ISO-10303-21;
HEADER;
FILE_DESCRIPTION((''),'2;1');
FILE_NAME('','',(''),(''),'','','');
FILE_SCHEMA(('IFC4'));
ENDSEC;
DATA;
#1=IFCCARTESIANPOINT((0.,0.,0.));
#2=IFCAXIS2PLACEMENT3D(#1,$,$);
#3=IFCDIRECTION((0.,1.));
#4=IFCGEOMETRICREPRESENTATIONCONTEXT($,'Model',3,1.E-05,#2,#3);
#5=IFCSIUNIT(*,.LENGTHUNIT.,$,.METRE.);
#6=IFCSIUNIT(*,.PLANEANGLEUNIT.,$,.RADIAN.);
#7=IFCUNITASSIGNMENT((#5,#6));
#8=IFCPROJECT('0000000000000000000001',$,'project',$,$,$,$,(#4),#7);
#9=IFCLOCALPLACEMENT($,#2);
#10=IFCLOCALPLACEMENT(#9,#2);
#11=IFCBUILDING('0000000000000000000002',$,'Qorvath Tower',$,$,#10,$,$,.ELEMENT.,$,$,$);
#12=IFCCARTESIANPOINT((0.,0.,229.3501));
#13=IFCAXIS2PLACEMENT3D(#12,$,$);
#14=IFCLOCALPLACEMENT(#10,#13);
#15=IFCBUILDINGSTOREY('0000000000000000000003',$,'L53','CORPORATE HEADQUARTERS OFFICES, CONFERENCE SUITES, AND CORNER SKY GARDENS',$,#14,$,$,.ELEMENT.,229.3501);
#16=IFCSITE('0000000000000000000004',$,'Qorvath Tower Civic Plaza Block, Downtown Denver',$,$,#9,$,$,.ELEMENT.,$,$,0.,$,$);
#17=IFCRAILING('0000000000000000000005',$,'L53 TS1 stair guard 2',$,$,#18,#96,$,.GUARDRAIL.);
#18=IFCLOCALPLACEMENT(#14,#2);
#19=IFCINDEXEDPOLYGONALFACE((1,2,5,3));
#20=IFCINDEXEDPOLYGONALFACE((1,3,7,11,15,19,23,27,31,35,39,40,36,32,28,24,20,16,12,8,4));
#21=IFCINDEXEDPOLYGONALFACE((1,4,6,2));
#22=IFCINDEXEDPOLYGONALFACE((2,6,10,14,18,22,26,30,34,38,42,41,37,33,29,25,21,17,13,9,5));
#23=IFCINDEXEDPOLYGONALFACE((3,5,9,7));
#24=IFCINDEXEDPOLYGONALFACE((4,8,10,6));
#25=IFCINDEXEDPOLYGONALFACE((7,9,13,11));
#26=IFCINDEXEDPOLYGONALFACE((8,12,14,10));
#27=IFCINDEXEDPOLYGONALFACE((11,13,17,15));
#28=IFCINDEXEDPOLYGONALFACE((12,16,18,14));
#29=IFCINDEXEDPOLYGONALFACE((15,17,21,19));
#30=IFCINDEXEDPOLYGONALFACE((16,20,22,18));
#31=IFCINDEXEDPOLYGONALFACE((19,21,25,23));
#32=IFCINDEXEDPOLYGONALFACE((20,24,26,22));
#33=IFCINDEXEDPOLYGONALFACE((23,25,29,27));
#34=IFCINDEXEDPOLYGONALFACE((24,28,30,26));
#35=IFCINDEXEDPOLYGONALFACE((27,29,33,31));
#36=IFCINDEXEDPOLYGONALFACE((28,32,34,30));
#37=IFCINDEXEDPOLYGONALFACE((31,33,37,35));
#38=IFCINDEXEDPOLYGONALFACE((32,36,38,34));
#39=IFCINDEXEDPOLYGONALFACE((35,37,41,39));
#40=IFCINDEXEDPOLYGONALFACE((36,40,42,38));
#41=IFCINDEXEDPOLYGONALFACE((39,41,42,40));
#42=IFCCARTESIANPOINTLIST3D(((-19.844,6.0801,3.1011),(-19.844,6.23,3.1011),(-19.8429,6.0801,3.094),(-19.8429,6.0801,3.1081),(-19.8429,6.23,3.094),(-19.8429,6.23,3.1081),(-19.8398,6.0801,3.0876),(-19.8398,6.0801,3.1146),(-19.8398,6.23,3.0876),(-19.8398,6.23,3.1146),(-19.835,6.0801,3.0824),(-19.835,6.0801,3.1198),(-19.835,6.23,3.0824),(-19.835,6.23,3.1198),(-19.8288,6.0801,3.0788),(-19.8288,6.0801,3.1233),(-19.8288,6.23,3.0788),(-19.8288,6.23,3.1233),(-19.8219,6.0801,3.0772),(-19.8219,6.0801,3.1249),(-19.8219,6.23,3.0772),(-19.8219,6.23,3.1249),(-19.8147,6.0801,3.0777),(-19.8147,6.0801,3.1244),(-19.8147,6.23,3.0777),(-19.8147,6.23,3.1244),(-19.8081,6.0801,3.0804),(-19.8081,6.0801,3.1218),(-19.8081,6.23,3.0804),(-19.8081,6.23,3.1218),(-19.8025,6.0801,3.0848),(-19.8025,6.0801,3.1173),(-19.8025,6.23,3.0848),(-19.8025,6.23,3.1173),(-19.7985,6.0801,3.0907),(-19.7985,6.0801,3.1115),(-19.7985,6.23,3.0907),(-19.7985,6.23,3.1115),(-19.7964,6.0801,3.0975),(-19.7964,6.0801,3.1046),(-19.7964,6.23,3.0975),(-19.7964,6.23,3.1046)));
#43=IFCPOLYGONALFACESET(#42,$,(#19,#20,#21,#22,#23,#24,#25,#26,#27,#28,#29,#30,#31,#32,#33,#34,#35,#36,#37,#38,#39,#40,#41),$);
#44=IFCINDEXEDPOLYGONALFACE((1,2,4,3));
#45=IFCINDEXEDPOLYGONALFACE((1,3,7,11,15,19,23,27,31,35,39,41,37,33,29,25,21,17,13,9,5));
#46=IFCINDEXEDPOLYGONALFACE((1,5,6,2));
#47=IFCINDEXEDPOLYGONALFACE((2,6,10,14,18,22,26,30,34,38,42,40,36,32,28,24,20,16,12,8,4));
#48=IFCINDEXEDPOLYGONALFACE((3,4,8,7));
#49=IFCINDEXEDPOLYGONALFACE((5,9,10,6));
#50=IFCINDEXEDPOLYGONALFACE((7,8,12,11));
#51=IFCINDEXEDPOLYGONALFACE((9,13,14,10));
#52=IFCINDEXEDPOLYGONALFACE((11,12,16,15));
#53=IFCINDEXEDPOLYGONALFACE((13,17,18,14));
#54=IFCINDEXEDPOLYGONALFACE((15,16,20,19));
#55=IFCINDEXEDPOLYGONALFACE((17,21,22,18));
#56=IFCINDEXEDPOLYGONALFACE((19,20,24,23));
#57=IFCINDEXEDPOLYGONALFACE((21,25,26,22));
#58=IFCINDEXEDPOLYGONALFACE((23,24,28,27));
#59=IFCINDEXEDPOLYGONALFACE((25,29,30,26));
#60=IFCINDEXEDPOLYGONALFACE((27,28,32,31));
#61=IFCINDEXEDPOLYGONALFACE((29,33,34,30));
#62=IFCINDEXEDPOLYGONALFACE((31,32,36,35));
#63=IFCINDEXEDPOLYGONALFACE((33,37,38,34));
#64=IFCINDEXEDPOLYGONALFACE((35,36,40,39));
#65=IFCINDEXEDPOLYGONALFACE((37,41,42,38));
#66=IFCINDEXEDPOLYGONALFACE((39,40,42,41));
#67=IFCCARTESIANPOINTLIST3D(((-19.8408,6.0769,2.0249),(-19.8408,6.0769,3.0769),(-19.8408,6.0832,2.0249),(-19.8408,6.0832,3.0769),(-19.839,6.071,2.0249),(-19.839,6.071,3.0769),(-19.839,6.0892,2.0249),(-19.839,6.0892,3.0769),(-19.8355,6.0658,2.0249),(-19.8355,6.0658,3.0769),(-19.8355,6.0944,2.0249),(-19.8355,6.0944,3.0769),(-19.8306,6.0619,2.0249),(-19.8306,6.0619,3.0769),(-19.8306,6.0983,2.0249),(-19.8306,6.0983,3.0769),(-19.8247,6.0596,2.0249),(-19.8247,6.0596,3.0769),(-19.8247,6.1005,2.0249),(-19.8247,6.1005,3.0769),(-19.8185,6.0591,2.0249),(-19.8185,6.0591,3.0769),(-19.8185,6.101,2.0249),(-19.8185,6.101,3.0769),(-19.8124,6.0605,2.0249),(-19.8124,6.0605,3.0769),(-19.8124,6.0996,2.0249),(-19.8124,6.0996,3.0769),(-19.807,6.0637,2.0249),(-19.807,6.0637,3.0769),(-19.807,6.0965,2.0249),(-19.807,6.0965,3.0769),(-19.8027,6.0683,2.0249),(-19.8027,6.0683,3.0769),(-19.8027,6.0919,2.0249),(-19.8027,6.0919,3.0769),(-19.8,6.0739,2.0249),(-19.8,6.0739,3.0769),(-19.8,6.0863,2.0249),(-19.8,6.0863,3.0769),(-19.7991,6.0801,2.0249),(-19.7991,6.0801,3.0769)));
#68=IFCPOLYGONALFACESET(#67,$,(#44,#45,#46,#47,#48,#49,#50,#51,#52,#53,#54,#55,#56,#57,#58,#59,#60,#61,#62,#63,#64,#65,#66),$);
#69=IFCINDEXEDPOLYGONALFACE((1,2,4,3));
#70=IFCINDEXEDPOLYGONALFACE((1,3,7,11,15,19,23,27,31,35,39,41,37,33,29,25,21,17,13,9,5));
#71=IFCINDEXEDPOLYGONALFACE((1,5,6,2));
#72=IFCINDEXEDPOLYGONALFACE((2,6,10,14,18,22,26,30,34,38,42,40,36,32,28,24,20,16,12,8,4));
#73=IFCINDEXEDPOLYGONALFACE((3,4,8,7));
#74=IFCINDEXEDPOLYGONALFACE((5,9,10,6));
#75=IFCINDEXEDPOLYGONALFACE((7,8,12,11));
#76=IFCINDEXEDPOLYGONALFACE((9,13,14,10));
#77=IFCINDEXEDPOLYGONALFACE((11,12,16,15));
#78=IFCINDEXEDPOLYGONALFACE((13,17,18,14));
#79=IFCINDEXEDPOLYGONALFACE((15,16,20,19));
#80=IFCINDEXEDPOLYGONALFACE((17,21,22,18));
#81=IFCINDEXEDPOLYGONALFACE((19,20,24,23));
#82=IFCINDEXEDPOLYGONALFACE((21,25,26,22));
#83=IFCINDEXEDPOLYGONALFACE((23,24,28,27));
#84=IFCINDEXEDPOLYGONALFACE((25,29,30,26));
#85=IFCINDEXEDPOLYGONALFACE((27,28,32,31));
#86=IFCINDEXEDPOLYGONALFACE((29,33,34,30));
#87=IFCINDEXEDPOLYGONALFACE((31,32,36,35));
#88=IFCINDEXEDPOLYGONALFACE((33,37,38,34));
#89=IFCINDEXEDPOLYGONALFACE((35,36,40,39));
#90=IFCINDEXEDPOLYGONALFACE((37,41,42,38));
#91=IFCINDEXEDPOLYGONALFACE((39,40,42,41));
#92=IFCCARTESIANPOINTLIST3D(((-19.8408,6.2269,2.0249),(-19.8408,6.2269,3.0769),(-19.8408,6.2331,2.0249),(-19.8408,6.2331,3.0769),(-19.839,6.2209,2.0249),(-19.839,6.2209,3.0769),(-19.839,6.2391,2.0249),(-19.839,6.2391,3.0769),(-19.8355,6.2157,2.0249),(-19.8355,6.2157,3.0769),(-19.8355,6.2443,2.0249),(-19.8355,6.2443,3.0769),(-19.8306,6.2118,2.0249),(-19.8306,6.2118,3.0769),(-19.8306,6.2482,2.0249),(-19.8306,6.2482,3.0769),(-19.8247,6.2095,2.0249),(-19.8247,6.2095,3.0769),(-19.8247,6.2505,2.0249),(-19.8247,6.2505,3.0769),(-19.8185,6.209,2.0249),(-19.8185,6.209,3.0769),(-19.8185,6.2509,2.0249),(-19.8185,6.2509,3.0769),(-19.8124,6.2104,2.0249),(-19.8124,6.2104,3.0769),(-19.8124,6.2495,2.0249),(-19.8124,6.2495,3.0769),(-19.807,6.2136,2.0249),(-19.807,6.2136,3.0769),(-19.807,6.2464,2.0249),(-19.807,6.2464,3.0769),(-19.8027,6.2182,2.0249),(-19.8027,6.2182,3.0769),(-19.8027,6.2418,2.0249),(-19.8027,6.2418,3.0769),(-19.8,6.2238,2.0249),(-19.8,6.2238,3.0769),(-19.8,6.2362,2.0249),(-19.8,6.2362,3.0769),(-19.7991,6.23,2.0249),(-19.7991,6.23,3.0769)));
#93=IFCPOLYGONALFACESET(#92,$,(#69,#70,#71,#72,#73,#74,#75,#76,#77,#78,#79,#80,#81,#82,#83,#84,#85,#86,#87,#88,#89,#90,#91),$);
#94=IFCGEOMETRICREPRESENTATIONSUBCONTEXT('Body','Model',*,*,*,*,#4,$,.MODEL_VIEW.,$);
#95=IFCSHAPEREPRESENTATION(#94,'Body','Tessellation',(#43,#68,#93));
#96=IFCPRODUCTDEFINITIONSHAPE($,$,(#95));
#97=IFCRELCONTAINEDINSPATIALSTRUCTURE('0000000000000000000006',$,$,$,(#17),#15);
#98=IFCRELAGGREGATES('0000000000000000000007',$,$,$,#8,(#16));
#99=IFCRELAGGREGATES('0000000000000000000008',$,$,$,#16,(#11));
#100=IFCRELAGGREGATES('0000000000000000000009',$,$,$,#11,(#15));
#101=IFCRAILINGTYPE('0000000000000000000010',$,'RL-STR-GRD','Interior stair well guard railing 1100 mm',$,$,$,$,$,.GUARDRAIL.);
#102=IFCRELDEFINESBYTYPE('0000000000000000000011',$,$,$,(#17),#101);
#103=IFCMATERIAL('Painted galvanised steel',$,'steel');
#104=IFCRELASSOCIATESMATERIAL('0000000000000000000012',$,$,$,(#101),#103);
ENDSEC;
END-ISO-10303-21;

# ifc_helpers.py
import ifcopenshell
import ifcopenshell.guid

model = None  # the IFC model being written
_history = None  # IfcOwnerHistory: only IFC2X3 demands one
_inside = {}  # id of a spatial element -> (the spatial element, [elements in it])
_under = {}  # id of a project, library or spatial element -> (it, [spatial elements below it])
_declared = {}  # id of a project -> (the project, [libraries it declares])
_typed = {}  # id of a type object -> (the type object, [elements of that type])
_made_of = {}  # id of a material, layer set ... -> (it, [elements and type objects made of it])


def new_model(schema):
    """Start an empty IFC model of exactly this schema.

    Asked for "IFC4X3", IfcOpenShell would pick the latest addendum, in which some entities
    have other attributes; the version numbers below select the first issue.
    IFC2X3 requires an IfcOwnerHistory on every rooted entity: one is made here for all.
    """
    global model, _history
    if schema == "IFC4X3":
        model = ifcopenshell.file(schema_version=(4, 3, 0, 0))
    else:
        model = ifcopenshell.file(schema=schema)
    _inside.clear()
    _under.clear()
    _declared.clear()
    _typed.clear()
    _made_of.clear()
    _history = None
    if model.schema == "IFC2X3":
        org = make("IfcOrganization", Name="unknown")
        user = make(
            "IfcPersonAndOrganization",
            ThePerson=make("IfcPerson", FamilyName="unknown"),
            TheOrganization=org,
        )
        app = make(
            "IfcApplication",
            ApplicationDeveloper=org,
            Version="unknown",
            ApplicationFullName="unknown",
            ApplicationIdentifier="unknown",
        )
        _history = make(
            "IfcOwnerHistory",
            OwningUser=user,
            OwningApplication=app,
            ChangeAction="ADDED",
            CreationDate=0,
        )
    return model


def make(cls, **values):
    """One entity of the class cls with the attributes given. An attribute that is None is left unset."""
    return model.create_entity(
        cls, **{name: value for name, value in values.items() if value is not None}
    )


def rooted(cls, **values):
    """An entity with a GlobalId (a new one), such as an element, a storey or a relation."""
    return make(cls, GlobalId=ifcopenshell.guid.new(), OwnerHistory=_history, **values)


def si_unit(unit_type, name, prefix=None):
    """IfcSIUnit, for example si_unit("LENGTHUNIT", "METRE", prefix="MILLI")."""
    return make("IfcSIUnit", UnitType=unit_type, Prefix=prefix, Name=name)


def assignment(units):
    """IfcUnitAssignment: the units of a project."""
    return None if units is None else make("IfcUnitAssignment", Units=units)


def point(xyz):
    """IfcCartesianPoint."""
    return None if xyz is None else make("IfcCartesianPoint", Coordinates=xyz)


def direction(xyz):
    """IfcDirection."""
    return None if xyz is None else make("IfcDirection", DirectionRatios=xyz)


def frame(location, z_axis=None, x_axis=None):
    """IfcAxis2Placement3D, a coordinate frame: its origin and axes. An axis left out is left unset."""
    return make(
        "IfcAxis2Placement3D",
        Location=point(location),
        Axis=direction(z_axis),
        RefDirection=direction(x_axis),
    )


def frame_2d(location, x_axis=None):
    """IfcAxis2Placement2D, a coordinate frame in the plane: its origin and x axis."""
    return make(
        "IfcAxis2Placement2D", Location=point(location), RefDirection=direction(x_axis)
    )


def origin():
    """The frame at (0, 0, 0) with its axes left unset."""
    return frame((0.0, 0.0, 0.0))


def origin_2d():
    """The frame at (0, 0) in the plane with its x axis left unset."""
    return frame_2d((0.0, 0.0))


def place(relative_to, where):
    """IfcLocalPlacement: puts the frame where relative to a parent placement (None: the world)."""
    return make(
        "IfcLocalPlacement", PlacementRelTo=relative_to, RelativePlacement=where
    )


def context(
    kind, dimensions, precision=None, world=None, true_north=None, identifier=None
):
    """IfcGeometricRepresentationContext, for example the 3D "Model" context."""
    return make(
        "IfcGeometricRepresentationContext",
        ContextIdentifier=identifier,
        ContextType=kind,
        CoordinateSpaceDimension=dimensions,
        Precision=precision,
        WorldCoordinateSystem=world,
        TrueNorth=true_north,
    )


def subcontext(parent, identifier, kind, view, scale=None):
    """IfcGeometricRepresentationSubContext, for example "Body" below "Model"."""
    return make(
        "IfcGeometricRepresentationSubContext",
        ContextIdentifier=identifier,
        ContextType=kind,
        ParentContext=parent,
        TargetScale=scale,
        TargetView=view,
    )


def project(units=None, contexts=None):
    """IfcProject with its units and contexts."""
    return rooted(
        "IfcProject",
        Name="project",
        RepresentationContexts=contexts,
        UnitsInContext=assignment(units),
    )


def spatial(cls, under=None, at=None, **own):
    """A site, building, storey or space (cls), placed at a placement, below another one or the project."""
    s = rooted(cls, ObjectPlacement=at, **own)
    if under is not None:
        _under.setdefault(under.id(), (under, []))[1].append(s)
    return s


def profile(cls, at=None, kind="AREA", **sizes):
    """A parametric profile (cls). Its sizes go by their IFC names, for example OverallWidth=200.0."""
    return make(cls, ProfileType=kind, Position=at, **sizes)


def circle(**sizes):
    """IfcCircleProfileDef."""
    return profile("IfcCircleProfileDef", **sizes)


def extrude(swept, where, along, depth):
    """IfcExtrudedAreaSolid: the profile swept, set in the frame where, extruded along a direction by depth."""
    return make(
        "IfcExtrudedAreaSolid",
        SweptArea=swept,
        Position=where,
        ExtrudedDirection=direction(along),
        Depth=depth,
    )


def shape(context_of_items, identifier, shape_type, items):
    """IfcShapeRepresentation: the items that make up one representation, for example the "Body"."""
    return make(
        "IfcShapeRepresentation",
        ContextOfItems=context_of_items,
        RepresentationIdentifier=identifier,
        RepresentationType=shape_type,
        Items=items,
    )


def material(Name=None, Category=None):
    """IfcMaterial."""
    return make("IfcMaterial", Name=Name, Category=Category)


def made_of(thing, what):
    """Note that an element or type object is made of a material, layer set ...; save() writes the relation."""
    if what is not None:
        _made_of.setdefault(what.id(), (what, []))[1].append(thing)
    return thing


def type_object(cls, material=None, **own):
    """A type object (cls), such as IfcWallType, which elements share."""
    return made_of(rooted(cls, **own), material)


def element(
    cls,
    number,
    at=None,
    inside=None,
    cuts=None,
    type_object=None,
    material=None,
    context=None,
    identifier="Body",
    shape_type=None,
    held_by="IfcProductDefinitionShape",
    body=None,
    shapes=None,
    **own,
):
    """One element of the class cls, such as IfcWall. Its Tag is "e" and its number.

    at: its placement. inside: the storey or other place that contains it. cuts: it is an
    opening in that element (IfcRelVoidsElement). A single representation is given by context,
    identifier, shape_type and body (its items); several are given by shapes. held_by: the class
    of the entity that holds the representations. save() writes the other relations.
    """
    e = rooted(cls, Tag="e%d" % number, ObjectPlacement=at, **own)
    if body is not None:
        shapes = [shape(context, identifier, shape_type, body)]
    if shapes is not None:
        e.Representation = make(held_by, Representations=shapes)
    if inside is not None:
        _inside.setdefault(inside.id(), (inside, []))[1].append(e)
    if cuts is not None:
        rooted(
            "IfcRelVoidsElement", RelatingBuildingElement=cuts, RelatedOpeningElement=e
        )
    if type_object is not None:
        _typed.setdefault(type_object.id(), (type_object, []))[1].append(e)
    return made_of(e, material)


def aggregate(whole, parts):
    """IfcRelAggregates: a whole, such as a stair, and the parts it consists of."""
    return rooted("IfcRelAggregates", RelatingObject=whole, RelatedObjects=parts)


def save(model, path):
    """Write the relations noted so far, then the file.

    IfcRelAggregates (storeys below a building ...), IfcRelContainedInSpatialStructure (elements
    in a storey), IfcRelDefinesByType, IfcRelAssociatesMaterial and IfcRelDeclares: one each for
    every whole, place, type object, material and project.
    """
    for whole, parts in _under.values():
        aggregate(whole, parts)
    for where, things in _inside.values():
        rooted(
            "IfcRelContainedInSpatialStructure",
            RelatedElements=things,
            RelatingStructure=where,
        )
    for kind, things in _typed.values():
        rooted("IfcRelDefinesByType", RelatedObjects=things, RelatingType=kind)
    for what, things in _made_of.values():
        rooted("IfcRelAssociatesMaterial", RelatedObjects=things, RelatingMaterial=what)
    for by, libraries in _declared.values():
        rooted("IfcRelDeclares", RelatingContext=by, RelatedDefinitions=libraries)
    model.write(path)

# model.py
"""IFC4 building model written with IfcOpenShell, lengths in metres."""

from ifc_helpers import new_model, si_unit, direction, frame, origin, origin_2d, place, context, subcontext, project, spatial, circle, extrude, material, type_object, element, save


model = new_model("IFC4")

# Units and contexts
model_context = context("Model", 3, precision=1e-05, world=origin(), true_north=direction((0.0, 1.0)))
body_context = subcontext(model_context, "Body", "Model", "MODEL_VIEW")
ifc_project = project(units=[si_unit("LENGTHUNIT", "METRE"), si_unit("PLANEANGLEUNIT", "RADIAN")], contexts=[model_context])

# Site, building, storey
site_placement = place(None, origin())
site = spatial("IfcSite", under=ifc_project, at=site_placement, Name="Qorvath Tower Civic Plaza Block, Downtown Denver", CompositionType="ELEMENT", RefElevation=0.0)
building_placement = place(site_placement, origin())
building = spatial("IfcBuilding", under=site, at=building_placement, Name="Qorvath Tower", CompositionType="ELEMENT")
storey_placement = place(building_placement, frame((0.0, 0.0, 229.3501)))
storey = spatial("IfcBuildingStorey", under=building, at=storey_placement, Name="L53", Description="CORPORATE HEADQUARTERS OFFICES, CONFERENCE SUITES, AND CORNER SKY GARDENS", CompositionType="ELEMENT", Elevation=229.3501)

# Railing
ifc_material_1 = material(Name="Painted galvanised steel", Category="steel")
railing_type_1 = type_object("IfcRailingType", Name="RL-STR-GRD", Description="Interior stair well guard railing 1100 mm", PredefinedType="GUARDRAIL", material=ifc_material_1)
railing_1_placement = place(storey_placement, frame((-19.8201, 6.0801, 2.0249)))
element("IfcRailing", 1, at=railing_1_placement, inside=storey, type_object=railing_type_1, Name="L53 TS1 stair guard 2", PredefinedType="GUARDRAIL", context=body_context, shape_type="SweptSolid", body=[
    extrude(circle(Radius=0.0239, at=origin_2d()), frame((0.0, 0.0, 1.0762), z_axis=(0.0, 1.0, 0.0), x_axis=(-1.0, 0.0, 0.0)), (0.0, 0.0, 1.0), 0.1499),
    extrude(circle(Radius=0.021, at=origin_2d()), origin(), (0.0, 0.0, 1.0), 1.052),
    extrude(circle(Radius=0.021, at=origin_2d()), frame((0.0, 0.1499, 0.0)), (0.0, 0.0, 1.0), 1.052),
])

save(model, "model.ifc")
